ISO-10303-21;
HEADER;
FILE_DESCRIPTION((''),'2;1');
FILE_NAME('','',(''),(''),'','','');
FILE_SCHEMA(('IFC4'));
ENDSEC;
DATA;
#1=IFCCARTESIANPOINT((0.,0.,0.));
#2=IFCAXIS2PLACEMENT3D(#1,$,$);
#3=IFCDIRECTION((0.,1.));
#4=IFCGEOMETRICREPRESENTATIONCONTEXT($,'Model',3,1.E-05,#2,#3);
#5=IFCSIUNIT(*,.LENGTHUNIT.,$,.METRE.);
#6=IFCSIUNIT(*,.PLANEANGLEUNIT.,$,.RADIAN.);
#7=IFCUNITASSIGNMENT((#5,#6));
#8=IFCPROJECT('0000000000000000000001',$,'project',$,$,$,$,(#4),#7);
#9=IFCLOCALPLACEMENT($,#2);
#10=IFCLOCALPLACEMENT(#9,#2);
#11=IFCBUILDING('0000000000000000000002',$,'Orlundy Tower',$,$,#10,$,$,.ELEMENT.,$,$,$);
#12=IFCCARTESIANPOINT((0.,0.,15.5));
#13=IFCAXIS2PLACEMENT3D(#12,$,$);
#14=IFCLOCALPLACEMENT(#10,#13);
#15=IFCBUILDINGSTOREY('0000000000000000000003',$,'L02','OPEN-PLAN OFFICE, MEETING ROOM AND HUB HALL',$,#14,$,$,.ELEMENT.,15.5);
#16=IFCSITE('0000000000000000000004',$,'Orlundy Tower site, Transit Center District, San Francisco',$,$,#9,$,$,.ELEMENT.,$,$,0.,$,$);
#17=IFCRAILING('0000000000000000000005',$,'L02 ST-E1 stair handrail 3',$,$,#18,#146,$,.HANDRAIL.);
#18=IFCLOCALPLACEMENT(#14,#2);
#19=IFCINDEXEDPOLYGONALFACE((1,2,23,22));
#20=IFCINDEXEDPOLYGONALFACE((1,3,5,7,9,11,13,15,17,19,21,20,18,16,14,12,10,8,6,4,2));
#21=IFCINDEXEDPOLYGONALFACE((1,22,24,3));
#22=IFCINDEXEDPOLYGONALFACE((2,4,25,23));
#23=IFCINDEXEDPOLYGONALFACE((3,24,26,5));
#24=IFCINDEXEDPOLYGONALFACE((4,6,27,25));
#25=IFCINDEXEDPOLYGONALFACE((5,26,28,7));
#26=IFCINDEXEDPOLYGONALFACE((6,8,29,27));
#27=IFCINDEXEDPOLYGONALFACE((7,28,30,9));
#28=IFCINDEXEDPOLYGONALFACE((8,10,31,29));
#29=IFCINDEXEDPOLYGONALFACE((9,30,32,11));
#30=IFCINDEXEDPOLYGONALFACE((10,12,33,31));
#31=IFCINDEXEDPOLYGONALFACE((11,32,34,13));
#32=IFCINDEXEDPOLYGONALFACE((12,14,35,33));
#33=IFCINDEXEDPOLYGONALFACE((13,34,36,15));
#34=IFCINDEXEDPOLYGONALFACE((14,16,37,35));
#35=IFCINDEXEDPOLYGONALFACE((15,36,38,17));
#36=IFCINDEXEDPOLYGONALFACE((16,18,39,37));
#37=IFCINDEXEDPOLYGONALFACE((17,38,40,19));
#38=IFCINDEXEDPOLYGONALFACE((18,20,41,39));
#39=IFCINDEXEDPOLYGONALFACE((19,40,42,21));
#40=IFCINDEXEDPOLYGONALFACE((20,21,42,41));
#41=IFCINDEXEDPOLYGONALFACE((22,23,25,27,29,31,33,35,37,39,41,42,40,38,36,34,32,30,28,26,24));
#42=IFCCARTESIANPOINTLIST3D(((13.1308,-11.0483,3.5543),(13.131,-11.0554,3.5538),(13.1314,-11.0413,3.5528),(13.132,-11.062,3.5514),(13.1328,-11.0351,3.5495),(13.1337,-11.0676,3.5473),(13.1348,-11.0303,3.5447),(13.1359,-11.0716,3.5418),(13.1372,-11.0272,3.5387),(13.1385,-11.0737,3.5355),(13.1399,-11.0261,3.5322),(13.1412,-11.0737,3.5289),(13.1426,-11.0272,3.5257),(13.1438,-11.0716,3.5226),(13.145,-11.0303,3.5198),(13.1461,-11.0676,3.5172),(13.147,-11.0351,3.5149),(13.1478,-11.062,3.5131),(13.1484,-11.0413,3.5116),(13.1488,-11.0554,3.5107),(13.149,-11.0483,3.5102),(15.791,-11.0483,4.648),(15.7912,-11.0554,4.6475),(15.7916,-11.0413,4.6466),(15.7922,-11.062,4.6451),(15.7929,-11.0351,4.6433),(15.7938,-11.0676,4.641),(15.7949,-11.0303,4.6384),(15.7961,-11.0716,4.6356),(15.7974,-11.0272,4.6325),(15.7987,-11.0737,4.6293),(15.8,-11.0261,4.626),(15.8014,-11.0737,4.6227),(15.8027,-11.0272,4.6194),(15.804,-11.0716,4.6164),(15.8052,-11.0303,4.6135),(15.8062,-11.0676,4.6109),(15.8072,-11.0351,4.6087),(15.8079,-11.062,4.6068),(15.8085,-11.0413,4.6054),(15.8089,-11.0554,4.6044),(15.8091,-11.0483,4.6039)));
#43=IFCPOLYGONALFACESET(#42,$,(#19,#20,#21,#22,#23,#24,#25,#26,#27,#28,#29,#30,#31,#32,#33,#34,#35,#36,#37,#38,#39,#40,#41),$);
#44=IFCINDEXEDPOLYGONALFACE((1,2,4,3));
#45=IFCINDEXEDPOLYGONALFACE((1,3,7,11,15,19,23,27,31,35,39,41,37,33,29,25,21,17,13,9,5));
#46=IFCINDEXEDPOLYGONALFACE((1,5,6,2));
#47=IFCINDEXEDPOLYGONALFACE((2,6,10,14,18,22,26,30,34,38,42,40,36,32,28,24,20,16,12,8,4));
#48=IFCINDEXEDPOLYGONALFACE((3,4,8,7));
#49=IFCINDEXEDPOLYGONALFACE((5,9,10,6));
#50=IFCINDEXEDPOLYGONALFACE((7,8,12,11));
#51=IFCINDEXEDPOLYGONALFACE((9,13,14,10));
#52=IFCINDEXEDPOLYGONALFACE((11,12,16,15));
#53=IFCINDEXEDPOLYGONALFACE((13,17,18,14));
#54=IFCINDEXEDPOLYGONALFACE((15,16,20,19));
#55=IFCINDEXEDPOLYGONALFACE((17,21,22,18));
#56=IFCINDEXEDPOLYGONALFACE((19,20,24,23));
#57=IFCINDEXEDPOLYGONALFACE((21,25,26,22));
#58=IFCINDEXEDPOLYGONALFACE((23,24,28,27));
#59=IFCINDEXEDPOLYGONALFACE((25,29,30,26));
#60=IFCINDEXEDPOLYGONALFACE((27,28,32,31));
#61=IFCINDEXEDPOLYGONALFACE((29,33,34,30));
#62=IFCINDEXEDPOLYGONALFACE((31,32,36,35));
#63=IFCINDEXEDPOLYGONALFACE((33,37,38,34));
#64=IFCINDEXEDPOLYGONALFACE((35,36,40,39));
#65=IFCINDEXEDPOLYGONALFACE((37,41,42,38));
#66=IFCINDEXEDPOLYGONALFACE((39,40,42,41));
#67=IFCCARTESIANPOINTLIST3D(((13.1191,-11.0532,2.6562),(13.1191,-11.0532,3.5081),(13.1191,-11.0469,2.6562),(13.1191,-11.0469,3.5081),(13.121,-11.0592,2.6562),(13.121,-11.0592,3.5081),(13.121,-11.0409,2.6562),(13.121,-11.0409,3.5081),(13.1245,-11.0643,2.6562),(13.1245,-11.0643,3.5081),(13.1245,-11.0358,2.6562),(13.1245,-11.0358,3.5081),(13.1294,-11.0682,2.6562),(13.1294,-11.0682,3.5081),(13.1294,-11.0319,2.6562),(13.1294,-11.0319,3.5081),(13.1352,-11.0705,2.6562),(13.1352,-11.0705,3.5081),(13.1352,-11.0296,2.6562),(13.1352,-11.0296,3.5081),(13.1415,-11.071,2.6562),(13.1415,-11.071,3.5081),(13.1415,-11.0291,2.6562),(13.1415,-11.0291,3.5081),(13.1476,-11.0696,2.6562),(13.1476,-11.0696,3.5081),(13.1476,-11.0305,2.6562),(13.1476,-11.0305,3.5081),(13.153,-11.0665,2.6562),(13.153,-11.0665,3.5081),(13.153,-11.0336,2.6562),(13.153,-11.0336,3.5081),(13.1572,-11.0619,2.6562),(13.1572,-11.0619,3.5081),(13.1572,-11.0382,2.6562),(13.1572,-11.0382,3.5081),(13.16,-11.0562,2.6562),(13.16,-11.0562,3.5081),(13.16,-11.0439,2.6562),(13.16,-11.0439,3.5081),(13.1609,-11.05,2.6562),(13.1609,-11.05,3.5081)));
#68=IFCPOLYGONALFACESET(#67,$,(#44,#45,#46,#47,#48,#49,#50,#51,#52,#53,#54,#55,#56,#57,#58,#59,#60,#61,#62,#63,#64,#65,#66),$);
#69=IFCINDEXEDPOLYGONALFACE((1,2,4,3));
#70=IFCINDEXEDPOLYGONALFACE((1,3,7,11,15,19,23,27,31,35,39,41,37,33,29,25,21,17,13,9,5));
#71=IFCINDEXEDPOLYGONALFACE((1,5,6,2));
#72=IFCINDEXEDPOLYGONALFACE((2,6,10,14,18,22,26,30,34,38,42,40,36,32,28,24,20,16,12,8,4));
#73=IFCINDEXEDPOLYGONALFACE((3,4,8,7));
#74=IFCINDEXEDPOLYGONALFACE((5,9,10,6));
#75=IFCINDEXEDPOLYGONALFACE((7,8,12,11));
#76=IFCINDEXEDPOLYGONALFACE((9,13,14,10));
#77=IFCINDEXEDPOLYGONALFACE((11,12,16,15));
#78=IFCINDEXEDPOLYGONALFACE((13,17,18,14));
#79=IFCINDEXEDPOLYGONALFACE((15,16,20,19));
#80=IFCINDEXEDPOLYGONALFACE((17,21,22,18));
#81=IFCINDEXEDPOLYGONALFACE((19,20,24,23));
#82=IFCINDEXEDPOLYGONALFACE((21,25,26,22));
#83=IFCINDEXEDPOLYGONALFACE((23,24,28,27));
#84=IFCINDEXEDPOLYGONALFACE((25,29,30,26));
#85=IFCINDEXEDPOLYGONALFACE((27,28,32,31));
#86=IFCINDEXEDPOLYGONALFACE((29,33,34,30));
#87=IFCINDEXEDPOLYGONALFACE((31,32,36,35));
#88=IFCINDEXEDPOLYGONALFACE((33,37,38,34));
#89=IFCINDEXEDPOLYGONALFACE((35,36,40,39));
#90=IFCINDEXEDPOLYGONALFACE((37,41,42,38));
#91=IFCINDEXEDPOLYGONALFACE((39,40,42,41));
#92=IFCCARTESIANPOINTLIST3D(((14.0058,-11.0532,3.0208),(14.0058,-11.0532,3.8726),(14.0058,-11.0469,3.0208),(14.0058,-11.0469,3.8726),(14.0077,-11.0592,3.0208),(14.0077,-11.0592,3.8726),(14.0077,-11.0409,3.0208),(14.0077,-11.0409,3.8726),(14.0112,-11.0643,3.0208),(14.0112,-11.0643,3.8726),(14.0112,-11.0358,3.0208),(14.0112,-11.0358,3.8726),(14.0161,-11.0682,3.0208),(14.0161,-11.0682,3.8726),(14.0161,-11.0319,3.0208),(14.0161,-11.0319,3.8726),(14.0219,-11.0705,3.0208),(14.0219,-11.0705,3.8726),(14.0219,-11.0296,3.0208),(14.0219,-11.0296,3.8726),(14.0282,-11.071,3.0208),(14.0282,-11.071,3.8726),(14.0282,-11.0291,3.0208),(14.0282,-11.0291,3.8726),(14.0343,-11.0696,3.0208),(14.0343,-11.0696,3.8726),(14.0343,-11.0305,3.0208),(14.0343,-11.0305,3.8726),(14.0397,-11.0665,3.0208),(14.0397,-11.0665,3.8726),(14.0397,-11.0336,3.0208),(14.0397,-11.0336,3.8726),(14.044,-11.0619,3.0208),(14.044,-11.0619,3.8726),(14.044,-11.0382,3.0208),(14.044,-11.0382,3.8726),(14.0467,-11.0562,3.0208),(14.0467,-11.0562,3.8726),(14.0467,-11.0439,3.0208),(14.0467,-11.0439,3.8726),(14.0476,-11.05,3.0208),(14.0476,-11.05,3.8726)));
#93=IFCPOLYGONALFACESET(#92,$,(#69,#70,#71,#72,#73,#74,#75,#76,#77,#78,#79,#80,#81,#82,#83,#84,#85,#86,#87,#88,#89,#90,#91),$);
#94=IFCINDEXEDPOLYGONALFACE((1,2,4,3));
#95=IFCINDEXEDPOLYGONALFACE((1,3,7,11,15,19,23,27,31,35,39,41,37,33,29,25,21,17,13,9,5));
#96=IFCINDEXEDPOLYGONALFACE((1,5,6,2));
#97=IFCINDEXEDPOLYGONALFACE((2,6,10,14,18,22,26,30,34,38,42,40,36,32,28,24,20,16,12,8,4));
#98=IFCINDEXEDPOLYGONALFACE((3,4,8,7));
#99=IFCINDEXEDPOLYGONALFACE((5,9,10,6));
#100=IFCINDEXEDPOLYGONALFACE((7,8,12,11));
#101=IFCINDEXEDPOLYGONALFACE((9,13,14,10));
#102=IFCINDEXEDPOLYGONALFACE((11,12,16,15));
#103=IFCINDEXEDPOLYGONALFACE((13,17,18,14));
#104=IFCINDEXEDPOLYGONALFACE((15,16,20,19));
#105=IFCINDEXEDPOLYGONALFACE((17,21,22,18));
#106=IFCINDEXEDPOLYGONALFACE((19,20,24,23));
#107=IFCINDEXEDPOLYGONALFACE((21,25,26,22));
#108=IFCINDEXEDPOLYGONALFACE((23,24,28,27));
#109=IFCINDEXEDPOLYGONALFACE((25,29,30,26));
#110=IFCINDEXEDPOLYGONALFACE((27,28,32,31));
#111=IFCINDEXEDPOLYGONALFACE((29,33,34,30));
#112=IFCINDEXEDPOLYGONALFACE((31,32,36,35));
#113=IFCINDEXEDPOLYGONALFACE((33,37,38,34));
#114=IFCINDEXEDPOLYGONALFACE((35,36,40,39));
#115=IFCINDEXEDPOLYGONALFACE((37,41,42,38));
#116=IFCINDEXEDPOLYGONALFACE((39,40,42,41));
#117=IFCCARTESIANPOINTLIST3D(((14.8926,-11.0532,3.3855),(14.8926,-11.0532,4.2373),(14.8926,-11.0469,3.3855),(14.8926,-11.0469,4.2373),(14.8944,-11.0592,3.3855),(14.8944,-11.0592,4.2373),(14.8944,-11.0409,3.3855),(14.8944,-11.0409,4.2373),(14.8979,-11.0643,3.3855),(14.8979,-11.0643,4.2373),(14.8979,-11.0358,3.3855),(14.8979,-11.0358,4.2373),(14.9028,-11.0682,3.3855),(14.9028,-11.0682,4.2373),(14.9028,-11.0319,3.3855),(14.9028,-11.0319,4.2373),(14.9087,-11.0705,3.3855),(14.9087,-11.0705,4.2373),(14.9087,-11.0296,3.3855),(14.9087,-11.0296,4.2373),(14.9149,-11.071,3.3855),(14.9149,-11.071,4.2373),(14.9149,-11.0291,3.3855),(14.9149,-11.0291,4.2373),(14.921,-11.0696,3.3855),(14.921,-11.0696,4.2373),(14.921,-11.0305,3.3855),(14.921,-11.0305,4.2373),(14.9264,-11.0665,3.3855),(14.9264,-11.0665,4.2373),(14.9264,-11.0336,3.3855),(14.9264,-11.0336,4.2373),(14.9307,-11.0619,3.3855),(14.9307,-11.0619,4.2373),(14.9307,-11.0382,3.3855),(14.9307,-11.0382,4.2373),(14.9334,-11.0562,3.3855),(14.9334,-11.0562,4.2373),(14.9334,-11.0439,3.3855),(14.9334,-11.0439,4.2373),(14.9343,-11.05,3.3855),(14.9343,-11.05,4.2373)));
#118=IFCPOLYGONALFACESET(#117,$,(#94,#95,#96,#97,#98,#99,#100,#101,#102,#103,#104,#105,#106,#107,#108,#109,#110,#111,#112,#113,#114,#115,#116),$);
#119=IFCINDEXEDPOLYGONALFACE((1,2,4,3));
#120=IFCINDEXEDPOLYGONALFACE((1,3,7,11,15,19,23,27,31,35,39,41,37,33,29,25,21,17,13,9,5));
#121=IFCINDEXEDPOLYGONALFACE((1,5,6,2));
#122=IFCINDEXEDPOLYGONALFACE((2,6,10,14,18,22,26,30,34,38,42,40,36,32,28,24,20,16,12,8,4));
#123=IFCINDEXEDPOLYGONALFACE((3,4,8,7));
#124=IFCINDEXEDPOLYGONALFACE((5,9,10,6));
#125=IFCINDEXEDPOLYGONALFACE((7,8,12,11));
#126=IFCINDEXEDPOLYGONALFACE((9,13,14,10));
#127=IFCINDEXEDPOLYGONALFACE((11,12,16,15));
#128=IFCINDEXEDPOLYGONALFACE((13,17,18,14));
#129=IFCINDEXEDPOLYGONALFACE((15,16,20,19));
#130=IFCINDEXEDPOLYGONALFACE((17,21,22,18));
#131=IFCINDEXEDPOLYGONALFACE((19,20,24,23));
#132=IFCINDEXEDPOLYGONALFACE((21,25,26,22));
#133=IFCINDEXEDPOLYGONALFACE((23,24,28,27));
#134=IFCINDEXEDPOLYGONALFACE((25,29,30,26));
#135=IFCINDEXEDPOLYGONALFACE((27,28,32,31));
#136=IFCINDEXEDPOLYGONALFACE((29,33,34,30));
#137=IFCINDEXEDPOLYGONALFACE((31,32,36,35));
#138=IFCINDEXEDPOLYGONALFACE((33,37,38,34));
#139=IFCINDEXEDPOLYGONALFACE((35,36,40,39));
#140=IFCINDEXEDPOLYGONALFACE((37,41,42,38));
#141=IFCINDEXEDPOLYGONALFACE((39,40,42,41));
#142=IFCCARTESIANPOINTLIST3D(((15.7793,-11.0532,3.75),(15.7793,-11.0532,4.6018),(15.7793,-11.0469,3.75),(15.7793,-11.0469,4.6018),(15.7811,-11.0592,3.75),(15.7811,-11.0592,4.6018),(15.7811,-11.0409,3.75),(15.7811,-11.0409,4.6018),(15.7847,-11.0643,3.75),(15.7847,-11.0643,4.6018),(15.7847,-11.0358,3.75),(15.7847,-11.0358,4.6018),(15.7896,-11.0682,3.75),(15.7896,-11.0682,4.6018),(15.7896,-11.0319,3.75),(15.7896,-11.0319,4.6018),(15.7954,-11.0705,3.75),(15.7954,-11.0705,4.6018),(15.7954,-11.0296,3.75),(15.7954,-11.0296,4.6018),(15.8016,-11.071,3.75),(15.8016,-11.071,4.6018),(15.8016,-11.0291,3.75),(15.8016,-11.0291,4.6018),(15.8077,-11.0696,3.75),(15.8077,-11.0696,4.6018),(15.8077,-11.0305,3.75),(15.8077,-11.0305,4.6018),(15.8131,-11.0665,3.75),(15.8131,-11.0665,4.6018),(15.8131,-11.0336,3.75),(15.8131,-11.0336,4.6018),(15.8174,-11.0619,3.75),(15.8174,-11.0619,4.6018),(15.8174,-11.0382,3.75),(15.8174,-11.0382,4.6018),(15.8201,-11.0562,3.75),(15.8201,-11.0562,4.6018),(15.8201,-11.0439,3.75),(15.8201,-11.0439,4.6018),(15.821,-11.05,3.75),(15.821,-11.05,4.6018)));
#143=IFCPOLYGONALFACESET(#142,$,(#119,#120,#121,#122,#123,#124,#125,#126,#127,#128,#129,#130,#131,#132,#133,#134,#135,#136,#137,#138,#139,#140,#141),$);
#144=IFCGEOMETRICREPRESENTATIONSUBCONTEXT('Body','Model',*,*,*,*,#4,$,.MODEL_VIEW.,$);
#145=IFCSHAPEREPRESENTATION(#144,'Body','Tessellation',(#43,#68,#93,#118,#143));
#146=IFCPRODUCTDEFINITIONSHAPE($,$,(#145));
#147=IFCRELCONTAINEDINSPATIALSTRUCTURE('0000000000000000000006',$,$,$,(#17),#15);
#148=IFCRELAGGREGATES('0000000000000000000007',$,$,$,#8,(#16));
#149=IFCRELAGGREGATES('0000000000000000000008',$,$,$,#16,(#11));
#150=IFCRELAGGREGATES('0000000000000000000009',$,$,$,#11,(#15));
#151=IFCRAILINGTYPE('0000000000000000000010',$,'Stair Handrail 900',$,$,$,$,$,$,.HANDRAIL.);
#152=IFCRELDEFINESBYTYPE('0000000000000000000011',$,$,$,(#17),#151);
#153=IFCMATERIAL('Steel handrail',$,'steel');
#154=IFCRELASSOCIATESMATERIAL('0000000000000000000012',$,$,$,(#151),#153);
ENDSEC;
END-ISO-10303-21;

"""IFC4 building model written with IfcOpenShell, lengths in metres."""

from ifc_helpers import new_model, si_unit, direction, frame, origin, origin_2d, place, context, subcontext, project, spatial, circle, extrude, material, type_object, element, save


model = new_model("IFC4")

# Units and contexts
model_context = context("Model", 3, precision=1e-05, world=origin(), true_north=direction((0.0, 1.0)))
body_context = subcontext(model_context, "Body", "Model", "MODEL_VIEW")
ifc_project = project(units=[si_unit("LENGTHUNIT", "METRE"), si_unit("PLANEANGLEUNIT", "RADIAN")], contexts=[model_context])

# Site, building, storey
site_placement = place(None, origin())
site = spatial("IfcSite", under=ifc_project, at=site_placement, Name="Orlundy Tower site, Transit Center District, San Francisco", CompositionType="ELEMENT", RefElevation=0.0)
building_placement = place(site_placement, origin())
building = spatial("IfcBuilding", under=site, at=building_placement, Name="Orlundy Tower", CompositionType="ELEMENT")
storey_placement = place(building_placement, frame((0.0, 0.0, 15.5)))
storey = spatial("IfcBuildingStorey", under=building, at=storey_placement, Name="L02", Description="OPEN-PLAN OFFICE, MEETING ROOM AND HUB HALL", CompositionType="ELEMENT", Elevation=15.5)

# Railing
ifc_material_1 = material(Name="Steel handrail", Category="steel")
railing_type_1 = type_object("IfcRailingType", Name="Stair Handrail 900", PredefinedType="HANDRAIL", material=ifc_material_1)
railing_1_placement = place(storey_placement, frame((13.1399, -11.05, 2.6562)))
element("IfcRailing", 1, at=railing_1_placement, inside=storey, type_object=railing_type_1, Name="L02 ST-E1 stair handrail 3", PredefinedType="HANDRAIL", context=body_context, shape_type="SweptSolid", body=[
    extrude(circle(Radius=0.0239, at=origin_2d()), frame((0.0, 0.0, 0.876), z_axis=(0.924875, 0.0, 0.380272), x_axis=(0.0, 1.0, 0.0)), (0.0, 0.0, 1.0), 2.8762),
    extrude(circle(Radius=0.021, at=origin_2d()), origin(), (0.0, 0.0, 1.0), 0.8518),
    extrude(circle(Radius=0.021, at=origin_2d()), frame((0.8867, 0.0, 0.3645)), (0.0, 0.0, 1.0), 0.8518),
    extrude(circle(Radius=0.021, at=origin_2d()), frame((1.7734, 0.0, 0.7292)), (0.0, 0.0, 1.0), 0.8518),
    extrude(circle(Radius=0.021, at=origin_2d()), frame((2.6602, 0.0, 1.0938)), (0.0, 0.0, 1.0), 0.8518),
])

save(model, "model.ifc")
